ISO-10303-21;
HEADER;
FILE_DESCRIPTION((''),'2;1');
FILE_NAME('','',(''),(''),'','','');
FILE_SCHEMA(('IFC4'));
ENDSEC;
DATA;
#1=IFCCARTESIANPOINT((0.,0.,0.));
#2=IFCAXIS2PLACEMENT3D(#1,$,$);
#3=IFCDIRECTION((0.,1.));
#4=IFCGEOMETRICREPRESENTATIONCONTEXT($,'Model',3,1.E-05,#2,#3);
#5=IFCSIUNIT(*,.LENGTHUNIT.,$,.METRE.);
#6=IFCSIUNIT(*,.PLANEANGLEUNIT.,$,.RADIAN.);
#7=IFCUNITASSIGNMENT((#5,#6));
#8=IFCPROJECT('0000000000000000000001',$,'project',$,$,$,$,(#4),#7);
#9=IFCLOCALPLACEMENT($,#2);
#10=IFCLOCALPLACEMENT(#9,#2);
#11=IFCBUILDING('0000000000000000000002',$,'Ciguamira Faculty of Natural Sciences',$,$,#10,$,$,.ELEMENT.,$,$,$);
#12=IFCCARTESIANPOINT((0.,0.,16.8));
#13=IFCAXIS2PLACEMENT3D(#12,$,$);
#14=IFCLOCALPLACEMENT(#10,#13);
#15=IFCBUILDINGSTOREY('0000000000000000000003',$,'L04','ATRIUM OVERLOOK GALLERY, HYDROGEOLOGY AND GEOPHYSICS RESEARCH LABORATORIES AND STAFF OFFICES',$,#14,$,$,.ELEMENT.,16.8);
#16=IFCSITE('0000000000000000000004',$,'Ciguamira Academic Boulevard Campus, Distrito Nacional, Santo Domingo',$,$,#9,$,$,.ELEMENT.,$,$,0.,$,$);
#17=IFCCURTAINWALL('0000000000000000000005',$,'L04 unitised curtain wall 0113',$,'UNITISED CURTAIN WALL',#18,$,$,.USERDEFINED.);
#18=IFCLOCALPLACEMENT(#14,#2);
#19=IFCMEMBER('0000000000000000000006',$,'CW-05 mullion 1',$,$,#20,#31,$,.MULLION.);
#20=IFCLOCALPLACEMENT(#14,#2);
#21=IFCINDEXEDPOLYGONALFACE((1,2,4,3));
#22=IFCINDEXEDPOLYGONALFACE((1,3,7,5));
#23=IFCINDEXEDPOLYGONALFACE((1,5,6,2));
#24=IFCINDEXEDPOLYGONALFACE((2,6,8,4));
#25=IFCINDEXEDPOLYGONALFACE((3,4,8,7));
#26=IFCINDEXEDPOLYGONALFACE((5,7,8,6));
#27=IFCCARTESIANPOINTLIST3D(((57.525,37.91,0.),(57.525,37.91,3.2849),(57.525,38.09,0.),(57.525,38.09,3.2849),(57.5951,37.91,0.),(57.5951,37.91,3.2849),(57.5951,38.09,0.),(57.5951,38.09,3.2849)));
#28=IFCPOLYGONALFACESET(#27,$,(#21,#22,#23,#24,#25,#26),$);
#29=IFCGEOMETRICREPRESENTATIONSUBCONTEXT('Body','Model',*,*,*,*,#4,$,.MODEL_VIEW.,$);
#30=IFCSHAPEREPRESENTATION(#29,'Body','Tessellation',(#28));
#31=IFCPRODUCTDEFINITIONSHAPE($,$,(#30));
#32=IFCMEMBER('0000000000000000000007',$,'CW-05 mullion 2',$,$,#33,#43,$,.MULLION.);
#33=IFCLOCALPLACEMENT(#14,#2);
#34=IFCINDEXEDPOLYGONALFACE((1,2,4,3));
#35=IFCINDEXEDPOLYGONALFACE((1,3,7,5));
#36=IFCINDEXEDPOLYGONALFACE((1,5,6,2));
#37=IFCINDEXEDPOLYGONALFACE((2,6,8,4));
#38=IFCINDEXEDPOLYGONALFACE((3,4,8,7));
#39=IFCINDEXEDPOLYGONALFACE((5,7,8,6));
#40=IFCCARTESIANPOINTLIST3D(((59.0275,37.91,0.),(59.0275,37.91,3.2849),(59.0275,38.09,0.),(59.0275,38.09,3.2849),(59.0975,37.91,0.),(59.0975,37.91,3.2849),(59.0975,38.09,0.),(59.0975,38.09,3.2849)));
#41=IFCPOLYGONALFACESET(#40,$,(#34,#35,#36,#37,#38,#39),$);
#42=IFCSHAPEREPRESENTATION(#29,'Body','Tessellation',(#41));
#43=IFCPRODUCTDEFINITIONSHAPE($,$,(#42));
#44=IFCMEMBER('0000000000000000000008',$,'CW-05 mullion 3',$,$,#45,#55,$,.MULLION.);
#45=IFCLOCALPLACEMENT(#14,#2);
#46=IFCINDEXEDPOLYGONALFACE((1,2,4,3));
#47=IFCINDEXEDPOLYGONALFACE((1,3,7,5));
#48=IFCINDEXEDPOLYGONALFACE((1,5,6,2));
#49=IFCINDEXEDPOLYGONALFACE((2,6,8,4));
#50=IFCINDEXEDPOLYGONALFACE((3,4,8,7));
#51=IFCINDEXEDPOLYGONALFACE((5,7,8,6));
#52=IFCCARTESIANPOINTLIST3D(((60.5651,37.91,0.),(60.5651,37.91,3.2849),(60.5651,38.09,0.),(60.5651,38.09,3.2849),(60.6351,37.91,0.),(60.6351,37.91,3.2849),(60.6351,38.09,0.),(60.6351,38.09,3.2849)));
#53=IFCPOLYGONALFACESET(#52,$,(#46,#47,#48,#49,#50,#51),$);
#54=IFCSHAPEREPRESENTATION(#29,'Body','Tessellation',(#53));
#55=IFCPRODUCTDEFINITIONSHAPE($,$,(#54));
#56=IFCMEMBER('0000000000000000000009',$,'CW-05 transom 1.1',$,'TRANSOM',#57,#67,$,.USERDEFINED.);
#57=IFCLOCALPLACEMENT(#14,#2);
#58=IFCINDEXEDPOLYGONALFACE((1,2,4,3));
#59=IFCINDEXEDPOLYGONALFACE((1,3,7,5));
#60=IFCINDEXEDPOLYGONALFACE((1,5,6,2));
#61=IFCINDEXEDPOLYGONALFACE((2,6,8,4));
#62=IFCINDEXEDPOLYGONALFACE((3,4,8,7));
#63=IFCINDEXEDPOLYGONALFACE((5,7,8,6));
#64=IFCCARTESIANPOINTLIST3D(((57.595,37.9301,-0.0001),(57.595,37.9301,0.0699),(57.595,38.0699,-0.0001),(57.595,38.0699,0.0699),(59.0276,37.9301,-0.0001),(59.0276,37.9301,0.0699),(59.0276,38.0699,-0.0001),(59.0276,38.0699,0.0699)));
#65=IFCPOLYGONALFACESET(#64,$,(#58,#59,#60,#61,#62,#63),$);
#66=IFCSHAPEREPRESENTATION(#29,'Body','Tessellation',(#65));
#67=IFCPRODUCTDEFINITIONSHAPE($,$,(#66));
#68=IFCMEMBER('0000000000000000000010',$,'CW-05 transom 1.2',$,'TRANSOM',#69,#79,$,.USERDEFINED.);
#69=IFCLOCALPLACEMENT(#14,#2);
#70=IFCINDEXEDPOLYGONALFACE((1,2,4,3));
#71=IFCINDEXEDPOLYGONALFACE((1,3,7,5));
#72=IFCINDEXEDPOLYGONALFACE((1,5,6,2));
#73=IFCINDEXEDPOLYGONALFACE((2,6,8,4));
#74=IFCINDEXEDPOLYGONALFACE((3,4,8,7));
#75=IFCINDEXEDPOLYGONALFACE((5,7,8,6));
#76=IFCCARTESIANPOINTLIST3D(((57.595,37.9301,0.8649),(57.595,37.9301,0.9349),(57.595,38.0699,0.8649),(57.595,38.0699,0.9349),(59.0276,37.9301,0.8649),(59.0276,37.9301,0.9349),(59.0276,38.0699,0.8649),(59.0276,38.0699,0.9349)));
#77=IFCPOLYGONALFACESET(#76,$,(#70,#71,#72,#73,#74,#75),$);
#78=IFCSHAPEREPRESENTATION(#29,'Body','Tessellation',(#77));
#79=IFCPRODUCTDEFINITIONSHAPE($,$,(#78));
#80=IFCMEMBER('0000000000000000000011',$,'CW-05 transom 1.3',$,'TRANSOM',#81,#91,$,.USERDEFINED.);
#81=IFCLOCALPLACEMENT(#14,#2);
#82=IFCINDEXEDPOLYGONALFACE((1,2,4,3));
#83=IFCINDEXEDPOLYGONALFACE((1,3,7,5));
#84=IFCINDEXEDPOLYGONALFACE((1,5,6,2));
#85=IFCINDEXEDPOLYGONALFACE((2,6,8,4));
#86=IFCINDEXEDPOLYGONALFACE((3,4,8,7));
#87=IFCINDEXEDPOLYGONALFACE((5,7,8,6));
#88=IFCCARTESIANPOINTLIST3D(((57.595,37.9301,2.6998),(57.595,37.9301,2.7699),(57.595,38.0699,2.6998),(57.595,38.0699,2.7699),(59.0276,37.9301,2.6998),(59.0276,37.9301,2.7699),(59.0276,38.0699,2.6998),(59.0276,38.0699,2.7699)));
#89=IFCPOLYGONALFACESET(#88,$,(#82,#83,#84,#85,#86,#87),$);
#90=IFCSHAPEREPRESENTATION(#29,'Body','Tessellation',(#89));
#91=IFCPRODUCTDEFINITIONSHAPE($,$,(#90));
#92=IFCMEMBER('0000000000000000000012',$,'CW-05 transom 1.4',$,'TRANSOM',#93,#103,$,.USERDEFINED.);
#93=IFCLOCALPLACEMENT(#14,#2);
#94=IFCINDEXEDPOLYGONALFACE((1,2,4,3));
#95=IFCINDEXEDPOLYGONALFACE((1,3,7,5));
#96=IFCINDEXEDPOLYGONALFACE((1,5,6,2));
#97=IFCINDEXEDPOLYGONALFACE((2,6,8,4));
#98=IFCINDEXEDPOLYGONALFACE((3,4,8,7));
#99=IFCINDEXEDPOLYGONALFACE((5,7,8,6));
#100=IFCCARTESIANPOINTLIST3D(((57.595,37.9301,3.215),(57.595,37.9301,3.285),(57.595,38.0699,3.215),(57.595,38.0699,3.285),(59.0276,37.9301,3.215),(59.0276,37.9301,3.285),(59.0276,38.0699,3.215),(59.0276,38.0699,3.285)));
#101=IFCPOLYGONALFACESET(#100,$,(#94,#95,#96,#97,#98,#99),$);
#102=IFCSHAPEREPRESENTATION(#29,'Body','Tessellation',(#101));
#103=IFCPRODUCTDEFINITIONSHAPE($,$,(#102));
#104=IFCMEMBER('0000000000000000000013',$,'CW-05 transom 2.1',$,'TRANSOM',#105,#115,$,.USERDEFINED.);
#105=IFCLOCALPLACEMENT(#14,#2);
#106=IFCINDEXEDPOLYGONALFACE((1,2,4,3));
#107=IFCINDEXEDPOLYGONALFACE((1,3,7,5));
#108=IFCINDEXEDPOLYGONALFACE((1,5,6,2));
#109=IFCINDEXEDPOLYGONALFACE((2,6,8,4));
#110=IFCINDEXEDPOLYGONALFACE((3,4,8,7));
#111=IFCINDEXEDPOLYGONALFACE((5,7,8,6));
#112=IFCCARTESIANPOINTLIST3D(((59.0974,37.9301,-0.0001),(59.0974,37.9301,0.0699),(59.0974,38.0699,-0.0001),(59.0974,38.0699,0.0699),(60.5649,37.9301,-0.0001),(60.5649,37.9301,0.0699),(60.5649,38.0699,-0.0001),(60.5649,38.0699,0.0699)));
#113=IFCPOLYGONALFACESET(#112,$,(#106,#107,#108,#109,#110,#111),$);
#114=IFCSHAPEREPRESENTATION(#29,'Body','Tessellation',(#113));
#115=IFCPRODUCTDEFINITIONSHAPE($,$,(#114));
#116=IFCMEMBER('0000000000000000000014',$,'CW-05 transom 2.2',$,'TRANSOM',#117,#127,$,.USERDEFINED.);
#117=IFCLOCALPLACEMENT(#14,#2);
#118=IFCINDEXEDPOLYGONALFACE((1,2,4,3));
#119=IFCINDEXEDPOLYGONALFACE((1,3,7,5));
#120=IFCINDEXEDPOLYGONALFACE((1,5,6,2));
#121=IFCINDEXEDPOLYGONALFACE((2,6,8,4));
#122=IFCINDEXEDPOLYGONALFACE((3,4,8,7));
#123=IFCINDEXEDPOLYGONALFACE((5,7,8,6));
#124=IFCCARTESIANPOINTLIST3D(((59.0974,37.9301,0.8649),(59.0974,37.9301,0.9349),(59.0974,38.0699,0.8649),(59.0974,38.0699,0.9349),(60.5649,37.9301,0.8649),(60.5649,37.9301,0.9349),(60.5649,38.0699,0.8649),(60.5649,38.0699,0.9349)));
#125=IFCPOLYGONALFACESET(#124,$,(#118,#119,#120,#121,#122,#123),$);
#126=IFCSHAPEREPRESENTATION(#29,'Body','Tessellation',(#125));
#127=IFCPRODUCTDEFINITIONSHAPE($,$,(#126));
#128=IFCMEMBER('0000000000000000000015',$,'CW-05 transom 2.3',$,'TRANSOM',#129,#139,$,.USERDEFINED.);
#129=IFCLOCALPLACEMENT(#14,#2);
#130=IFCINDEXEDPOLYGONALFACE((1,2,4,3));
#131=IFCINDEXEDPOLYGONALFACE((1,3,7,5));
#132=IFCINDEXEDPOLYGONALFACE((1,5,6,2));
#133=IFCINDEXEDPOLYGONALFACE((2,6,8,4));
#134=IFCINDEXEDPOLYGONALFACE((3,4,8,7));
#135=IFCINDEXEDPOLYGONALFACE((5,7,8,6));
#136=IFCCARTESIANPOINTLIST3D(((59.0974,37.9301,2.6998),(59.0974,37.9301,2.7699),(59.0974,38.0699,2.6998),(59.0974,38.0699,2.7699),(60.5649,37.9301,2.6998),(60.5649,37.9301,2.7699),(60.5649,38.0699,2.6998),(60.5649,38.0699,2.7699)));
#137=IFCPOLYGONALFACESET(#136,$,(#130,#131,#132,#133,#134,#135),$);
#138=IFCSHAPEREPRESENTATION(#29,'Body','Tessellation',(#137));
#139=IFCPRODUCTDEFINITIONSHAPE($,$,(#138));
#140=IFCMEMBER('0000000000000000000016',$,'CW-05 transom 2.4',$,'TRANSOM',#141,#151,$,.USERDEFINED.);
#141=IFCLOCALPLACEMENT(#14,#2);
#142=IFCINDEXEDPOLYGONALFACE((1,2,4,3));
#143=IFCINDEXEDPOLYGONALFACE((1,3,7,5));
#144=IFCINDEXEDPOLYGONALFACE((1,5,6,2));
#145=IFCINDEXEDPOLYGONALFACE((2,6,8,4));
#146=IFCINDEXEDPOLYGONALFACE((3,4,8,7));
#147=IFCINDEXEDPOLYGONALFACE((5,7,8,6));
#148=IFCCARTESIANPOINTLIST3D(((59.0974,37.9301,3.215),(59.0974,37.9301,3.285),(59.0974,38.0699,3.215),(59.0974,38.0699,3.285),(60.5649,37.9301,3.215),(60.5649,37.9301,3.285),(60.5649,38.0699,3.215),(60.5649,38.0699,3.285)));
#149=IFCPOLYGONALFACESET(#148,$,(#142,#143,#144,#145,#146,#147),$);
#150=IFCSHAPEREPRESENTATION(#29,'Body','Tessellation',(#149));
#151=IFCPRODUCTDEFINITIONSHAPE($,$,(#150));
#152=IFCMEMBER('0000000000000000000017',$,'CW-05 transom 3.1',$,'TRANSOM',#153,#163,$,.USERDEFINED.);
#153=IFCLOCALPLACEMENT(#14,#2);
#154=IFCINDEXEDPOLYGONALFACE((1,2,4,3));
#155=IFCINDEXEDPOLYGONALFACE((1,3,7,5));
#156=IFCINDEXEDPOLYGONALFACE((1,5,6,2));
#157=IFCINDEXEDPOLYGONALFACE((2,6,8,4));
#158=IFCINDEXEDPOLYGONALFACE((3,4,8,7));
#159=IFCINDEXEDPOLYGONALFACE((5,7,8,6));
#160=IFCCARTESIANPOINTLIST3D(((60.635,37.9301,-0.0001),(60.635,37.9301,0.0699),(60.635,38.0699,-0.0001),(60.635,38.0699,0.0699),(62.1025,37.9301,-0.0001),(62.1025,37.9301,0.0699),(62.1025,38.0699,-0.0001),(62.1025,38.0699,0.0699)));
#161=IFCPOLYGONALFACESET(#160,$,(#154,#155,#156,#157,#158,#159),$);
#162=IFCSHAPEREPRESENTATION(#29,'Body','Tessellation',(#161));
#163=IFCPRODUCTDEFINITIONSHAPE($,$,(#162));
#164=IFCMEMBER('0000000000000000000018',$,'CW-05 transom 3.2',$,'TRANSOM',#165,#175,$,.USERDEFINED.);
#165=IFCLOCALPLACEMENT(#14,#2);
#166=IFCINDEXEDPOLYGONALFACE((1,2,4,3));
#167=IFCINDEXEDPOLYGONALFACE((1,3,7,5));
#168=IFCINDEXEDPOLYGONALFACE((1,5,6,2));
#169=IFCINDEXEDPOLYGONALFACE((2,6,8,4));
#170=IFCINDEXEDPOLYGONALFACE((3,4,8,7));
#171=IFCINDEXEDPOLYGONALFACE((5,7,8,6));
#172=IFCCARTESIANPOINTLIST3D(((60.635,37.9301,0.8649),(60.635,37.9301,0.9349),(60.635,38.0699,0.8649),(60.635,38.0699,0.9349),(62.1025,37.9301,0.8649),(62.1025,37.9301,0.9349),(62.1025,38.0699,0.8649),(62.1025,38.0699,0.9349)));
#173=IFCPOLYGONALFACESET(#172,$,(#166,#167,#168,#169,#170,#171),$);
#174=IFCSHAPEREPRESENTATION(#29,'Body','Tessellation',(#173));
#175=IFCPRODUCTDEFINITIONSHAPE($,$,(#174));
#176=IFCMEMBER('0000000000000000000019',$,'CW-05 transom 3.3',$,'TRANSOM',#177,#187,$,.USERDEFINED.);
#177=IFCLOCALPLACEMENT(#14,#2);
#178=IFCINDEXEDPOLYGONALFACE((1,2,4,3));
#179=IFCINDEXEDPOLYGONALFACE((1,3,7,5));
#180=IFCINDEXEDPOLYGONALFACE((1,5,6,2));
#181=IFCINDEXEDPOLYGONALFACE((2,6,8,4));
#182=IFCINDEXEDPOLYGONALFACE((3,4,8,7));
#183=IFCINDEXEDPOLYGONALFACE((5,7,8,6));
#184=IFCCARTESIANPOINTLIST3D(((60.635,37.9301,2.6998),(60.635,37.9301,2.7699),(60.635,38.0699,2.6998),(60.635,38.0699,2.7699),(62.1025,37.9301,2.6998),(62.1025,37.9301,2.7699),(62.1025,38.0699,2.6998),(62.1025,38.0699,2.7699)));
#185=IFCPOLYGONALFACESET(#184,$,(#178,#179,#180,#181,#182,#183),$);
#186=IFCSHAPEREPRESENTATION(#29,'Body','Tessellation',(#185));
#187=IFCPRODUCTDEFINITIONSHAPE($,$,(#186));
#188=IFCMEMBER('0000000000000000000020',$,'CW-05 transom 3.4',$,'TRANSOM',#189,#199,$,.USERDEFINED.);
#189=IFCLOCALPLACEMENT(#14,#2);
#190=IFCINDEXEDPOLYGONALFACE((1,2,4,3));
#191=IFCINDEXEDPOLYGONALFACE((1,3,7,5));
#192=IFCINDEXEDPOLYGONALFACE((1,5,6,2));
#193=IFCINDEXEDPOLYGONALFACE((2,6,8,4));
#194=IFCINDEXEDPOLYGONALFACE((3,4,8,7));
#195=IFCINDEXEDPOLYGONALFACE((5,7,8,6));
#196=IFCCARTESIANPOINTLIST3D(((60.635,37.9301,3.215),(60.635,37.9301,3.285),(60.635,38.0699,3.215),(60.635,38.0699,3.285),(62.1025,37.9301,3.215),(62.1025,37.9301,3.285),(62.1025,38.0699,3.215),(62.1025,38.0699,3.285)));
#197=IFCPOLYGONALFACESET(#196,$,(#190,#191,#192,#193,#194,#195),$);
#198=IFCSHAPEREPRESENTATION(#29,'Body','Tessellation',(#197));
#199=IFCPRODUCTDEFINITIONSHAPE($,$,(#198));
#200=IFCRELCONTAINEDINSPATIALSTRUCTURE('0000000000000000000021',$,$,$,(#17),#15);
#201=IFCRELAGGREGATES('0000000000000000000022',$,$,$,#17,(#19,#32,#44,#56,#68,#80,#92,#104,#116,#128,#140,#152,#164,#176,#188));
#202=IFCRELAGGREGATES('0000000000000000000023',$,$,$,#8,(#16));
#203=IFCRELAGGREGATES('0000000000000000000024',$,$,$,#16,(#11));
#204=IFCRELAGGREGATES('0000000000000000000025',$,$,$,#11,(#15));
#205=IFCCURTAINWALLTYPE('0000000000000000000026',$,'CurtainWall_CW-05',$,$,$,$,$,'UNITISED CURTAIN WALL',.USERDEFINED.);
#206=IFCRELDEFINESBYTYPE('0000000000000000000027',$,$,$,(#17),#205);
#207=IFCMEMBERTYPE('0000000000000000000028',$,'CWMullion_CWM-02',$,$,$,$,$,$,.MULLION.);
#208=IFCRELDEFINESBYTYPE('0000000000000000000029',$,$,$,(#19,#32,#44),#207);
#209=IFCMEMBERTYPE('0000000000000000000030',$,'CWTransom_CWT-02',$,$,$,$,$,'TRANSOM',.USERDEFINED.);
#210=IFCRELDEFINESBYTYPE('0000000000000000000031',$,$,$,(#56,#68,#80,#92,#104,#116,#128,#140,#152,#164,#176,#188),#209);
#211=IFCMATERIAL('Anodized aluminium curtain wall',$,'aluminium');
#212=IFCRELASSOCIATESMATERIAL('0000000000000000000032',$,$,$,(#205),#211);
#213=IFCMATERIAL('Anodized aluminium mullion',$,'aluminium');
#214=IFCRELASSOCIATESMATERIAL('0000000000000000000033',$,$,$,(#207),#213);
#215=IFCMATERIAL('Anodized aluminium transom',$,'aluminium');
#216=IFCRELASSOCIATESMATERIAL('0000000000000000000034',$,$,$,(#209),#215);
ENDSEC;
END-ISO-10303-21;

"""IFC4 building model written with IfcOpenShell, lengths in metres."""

from ifc_helpers import new_model, si_unit, direction, frame, origin, origin_2d, place, context, subcontext, project, spatial, rectangle, extrude, material, material_profile, profile_set, type_object, element, aggregate, save


model = new_model("IFC4")

# Units and contexts
model_context = context("Model", 3, precision=1e-05, world=origin(), true_north=direction((0.0, 1.0)))
body_context = subcontext(model_context, "Body", "Model", "MODEL_VIEW")
ifc_project = project(units=[si_unit("LENGTHUNIT", "METRE"), si_unit("PLANEANGLEUNIT", "RADIAN")], contexts=[model_context])

# Site, building, storey
site_placement = place(None, origin())
site = spatial("IfcSite", under=ifc_project, at=site_placement, Name="Ciguamira Academic Boulevard Campus, Distrito Nacional, Santo Domingo", CompositionType="ELEMENT", RefElevation=0.0)
building_placement = place(site_placement, origin())
building = spatial("IfcBuilding", under=site, at=building_placement, Name="Ciguamira Faculty of Natural Sciences", CompositionType="ELEMENT")
storey_placement = place(building_placement, frame((0.0, 0.0, 16.8)))
storey = spatial("IfcBuildingStorey", under=building, at=storey_placement, Name="L04", Description="ATRIUM OVERLOOK GALLERY, HYDROGEOLOGY AND GEOPHYSICS RESEARCH LABORATORIES AND STAFF OFFICES", CompositionType="ELEMENT", Elevation=16.8)

# Curtain wall, members
ifc_material_1 = material(Name="Anodized aluminium curtain wall", Category="aluminium")
curtain_wall_type = type_object("IfcCurtainWallType", Name="CurtainWall_CW-05", ElementType="UNITISED CURTAIN WALL", PredefinedType="USERDEFINED", material=ifc_material_1)
curtain_wall_placement = place(storey_placement, origin())
curtain_wall = element("IfcCurtainWall", 1, at=curtain_wall_placement, inside=storey, type_object=curtain_wall_type, Name="L04 unitised curtain wall 0113", ObjectType="UNITISED CURTAIN WALL", PredefinedType="USERDEFINED")
ifc_material_2 = material(Name="Anodized aluminium mullion", Category="aluminium")
ifc_material_profile_1 = material_profile(ifc_material_2, rectangle(XDim=0.0701, YDim=0.1799, at=origin_2d()), Name="ALU-MUL-70X180")
ifc_profile_set_1 = profile_set([ifc_material_profile_1], Name="Anodized aluminium mullion")
member_type_1 = type_object("IfcMemberType", Name="CWMullion_CWM-02", PredefinedType="MULLION", material=ifc_profile_set_1)
member_1_placement = place(storey_placement, frame((57.5601, 38.0, 0.0), z_axis=(0.0, 0.0, 1.0), x_axis=(1.0, 0.0, 0.0)))
member_1 = element("IfcMember", 2, at=member_1_placement, type_object=member_type_1, Name="CW-05 mullion 1", PredefinedType="MULLION", context=body_context, shape_type="SweptSolid", body=[
    extrude(rectangle(XDim=0.0701, YDim=0.1799, at=origin_2d()), origin(), (0.0, 0.0, 1.0), 3.2849),
])
member_2_placement = place(storey_placement, frame((59.0625, 38.0, 0.0), z_axis=(0.0, 0.0, 1.0), x_axis=(1.0, 0.0, 0.0)))
member_2 = element("IfcMember", 3, at=member_2_placement, type_object=member_type_1, Name="CW-05 mullion 2", PredefinedType="MULLION", context=body_context, shape_type="SweptSolid", body=[
    extrude(rectangle(XDim=0.0701, YDim=0.1799, at=origin_2d()), origin(), (0.0, 0.0, 1.0), 3.2849),
])
member_3_placement = place(storey_placement, frame((60.6001, 38.0, 0.0), z_axis=(0.0, 0.0, 1.0), x_axis=(1.0, 0.0, 0.0)))
member_3 = element("IfcMember", 4, at=member_3_placement, type_object=member_type_1, Name="CW-05 mullion 3", PredefinedType="MULLION", context=body_context, shape_type="SweptSolid", body=[
    extrude(rectangle(XDim=0.0701, YDim=0.1799, at=origin_2d()), origin(), (0.0, 0.0, 1.0), 3.2849),
])
ifc_material_3 = material(Name="Anodized aluminium transom", Category="aluminium")
ifc_material_profile_2 = material_profile(ifc_material_3, rectangle(XDim=0.0701, YDim=0.1399, at=origin_2d()), Name="ALU-TRN-70X140")
ifc_profile_set_2 = profile_set([ifc_material_profile_2], Name="Anodized aluminium transom")
member_type_2 = type_object("IfcMemberType", Name="CWTransom_CWT-02", ElementType="TRANSOM", PredefinedType="USERDEFINED", material=ifc_profile_set_2)
member_4_placement = place(storey_placement, frame((57.595, 38.0, 0.0349), z_axis=(1.0, 0.0, 0.0), x_axis=(0.0, 0.0, 1.0)))
member_4 = element("IfcMember", 5, at=member_4_placement, type_object=member_type_2, Name="CW-05 transom 1.1", ObjectType="TRANSOM", PredefinedType="USERDEFINED", context=body_context, shape_type="SweptSolid", body=[
    extrude(rectangle(XDim=0.0701, YDim=0.1399, at=origin_2d()), origin(), (0.0, 0.0, 1.0), 1.4326),
])
member_5_placement = place(storey_placement, frame((57.595, 38.0, 0.8999), z_axis=(1.0, 0.0, 0.0), x_axis=(0.0, 0.0, 1.0)))
member_5 = element("IfcMember", 6, at=member_5_placement, type_object=member_type_2, Name="CW-05 transom 1.2", ObjectType="TRANSOM", PredefinedType="USERDEFINED", context=body_context, shape_type="SweptSolid", body=[
    extrude(rectangle(XDim=0.0701, YDim=0.1399, at=origin_2d()), origin(), (0.0, 0.0, 1.0), 1.4326),
])
member_6_placement = place(storey_placement, frame((57.595, 38.0, 2.7349), z_axis=(1.0, 0.0, 0.0), x_axis=(0.0, 0.0, 1.0)))
member_6 = element("IfcMember", 7, at=member_6_placement, type_object=member_type_2, Name="CW-05 transom 1.3", ObjectType="TRANSOM", PredefinedType="USERDEFINED", context=body_context, shape_type="SweptSolid", body=[
    extrude(rectangle(XDim=0.0701, YDim=0.1399, at=origin_2d()), origin(), (0.0, 0.0, 1.0), 1.4326),
])
member_7_placement = place(storey_placement, frame((57.595, 38.0, 3.25), z_axis=(1.0, 0.0, 0.0), x_axis=(0.0, 0.0, 1.0)))
member_7 = element("IfcMember", 8, at=member_7_placement, type_object=member_type_2, Name="CW-05 transom 1.4", ObjectType="TRANSOM", PredefinedType="USERDEFINED", context=body_context, shape_type="SweptSolid", body=[
    extrude(rectangle(XDim=0.0701, YDim=0.1399, at=origin_2d()), origin(), (0.0, 0.0, 1.0), 1.4326),
])
member_8_placement = place(storey_placement, frame((59.0974, 38.0, 0.0349), z_axis=(1.0, 0.0, 0.0), x_axis=(0.0, 0.0, 1.0)))
member_8 = element("IfcMember", 9, at=member_8_placement, type_object=member_type_2, Name="CW-05 transom 2.1", ObjectType="TRANSOM", PredefinedType="USERDEFINED", context=body_context, shape_type="SweptSolid", body=[
    extrude(rectangle(XDim=0.0701, YDim=0.1399, at=origin_2d()), origin(), (0.0, 0.0, 1.0), 1.4675),
])
member_9_placement = place(storey_placement, frame((59.0974, 38.0, 0.8999), z_axis=(1.0, 0.0, 0.0), x_axis=(0.0, 0.0, 1.0)))
member_9 = element("IfcMember", 10, at=member_9_placement, type_object=member_type_2, Name="CW-05 transom 2.2", ObjectType="TRANSOM", PredefinedType="USERDEFINED", context=body_context, shape_type="SweptSolid", body=[
    extrude(rectangle(XDim=0.0701, YDim=0.1399, at=origin_2d()), origin(), (0.0, 0.0, 1.0), 1.4675),
])
member_10_placement = place(storey_placement, frame((59.0974, 38.0, 2.7349), z_axis=(1.0, 0.0, 0.0), x_axis=(0.0, 0.0, 1.0)))
member_10 = element("IfcMember", 11, at=member_10_placement, type_object=member_type_2, Name="CW-05 transom 2.3", ObjectType="TRANSOM", PredefinedType="USERDEFINED", context=body_context, shape_type="SweptSolid", body=[
    extrude(rectangle(XDim=0.0701, YDim=0.1399, at=origin_2d()), origin(), (0.0, 0.0, 1.0), 1.4675),
])
member_11_placement = place(storey_placement, frame((59.0974, 38.0, 3.25), z_axis=(1.0, 0.0, 0.0), x_axis=(0.0, 0.0, 1.0)))
member_11 = element("IfcMember", 12, at=member_11_placement, type_object=member_type_2, Name="CW-05 transom 2.4", ObjectType="TRANSOM", PredefinedType="USERDEFINED", context=body_context, shape_type="SweptSolid", body=[
    extrude(rectangle(XDim=0.0701, YDim=0.1399, at=origin_2d()), origin(), (0.0, 0.0, 1.0), 1.4675),
])
member_12_placement = place(storey_placement, frame((60.635, 38.0, 0.0349), z_axis=(1.0, 0.0, 0.0), x_axis=(0.0, 0.0, 1.0)))
member_12 = element("IfcMember", 13, at=member_12_placement, type_object=member_type_2, Name="CW-05 transom 3.1", ObjectType="TRANSOM", PredefinedType="USERDEFINED", context=body_context, shape_type="SweptSolid", body=[
    extrude(rectangle(XDim=0.0701, YDim=0.1399, at=origin_2d()), origin(), (0.0, 0.0, 1.0), 1.4675),
])
member_13_placement = place(storey_placement, frame((60.635, 38.0, 0.8999), z_axis=(1.0, 0.0, 0.0), x_axis=(0.0, 0.0, 1.0)))
member_13 = element("IfcMember", 14, at=member_13_placement, type_object=member_type_2, Name="CW-05 transom 3.2", ObjectType="TRANSOM", PredefinedType="USERDEFINED", context=body_context, shape_type="SweptSolid", body=[
    extrude(rectangle(XDim=0.0701, YDim=0.1399, at=origin_2d()), origin(), (0.0, 0.0, 1.0), 1.4675),
])
member_14_placement = place(storey_placement, frame((60.635, 38.0, 2.7349), z_axis=(1.0, 0.0, 0.0), x_axis=(0.0, 0.0, 1.0)))
member_14 = element("IfcMember", 15, at=member_14_placement, type_object=member_type_2, Name="CW-05 transom 3.3", ObjectType="TRANSOM", PredefinedType="USERDEFINED", context=body_context, shape_type="SweptSolid", body=[
    extrude(rectangle(XDim=0.0701, YDim=0.1399, at=origin_2d()), origin(), (0.0, 0.0, 1.0), 1.4675),
])
member_15_placement = place(storey_placement, frame((60.635, 38.0, 3.25), z_axis=(1.0, 0.0, 0.0), x_axis=(0.0, 0.0, 1.0)))
member_15 = element("IfcMember", 16, at=member_15_placement, type_object=member_type_2, Name="CW-05 transom 3.4", ObjectType="TRANSOM", PredefinedType="USERDEFINED", context=body_context, shape_type="SweptSolid", body=[
    extrude(rectangle(XDim=0.0701, YDim=0.1399, at=origin_2d()), origin(), (0.0, 0.0, 1.0), 1.4675),
])
aggregate(curtain_wall, [member_1, member_2, member_3, member_4, member_5, member_6, member_7, member_8, member_9, member_10, member_11, member_12, member_13, member_14, member_15])

save(model, "model.ifc")
